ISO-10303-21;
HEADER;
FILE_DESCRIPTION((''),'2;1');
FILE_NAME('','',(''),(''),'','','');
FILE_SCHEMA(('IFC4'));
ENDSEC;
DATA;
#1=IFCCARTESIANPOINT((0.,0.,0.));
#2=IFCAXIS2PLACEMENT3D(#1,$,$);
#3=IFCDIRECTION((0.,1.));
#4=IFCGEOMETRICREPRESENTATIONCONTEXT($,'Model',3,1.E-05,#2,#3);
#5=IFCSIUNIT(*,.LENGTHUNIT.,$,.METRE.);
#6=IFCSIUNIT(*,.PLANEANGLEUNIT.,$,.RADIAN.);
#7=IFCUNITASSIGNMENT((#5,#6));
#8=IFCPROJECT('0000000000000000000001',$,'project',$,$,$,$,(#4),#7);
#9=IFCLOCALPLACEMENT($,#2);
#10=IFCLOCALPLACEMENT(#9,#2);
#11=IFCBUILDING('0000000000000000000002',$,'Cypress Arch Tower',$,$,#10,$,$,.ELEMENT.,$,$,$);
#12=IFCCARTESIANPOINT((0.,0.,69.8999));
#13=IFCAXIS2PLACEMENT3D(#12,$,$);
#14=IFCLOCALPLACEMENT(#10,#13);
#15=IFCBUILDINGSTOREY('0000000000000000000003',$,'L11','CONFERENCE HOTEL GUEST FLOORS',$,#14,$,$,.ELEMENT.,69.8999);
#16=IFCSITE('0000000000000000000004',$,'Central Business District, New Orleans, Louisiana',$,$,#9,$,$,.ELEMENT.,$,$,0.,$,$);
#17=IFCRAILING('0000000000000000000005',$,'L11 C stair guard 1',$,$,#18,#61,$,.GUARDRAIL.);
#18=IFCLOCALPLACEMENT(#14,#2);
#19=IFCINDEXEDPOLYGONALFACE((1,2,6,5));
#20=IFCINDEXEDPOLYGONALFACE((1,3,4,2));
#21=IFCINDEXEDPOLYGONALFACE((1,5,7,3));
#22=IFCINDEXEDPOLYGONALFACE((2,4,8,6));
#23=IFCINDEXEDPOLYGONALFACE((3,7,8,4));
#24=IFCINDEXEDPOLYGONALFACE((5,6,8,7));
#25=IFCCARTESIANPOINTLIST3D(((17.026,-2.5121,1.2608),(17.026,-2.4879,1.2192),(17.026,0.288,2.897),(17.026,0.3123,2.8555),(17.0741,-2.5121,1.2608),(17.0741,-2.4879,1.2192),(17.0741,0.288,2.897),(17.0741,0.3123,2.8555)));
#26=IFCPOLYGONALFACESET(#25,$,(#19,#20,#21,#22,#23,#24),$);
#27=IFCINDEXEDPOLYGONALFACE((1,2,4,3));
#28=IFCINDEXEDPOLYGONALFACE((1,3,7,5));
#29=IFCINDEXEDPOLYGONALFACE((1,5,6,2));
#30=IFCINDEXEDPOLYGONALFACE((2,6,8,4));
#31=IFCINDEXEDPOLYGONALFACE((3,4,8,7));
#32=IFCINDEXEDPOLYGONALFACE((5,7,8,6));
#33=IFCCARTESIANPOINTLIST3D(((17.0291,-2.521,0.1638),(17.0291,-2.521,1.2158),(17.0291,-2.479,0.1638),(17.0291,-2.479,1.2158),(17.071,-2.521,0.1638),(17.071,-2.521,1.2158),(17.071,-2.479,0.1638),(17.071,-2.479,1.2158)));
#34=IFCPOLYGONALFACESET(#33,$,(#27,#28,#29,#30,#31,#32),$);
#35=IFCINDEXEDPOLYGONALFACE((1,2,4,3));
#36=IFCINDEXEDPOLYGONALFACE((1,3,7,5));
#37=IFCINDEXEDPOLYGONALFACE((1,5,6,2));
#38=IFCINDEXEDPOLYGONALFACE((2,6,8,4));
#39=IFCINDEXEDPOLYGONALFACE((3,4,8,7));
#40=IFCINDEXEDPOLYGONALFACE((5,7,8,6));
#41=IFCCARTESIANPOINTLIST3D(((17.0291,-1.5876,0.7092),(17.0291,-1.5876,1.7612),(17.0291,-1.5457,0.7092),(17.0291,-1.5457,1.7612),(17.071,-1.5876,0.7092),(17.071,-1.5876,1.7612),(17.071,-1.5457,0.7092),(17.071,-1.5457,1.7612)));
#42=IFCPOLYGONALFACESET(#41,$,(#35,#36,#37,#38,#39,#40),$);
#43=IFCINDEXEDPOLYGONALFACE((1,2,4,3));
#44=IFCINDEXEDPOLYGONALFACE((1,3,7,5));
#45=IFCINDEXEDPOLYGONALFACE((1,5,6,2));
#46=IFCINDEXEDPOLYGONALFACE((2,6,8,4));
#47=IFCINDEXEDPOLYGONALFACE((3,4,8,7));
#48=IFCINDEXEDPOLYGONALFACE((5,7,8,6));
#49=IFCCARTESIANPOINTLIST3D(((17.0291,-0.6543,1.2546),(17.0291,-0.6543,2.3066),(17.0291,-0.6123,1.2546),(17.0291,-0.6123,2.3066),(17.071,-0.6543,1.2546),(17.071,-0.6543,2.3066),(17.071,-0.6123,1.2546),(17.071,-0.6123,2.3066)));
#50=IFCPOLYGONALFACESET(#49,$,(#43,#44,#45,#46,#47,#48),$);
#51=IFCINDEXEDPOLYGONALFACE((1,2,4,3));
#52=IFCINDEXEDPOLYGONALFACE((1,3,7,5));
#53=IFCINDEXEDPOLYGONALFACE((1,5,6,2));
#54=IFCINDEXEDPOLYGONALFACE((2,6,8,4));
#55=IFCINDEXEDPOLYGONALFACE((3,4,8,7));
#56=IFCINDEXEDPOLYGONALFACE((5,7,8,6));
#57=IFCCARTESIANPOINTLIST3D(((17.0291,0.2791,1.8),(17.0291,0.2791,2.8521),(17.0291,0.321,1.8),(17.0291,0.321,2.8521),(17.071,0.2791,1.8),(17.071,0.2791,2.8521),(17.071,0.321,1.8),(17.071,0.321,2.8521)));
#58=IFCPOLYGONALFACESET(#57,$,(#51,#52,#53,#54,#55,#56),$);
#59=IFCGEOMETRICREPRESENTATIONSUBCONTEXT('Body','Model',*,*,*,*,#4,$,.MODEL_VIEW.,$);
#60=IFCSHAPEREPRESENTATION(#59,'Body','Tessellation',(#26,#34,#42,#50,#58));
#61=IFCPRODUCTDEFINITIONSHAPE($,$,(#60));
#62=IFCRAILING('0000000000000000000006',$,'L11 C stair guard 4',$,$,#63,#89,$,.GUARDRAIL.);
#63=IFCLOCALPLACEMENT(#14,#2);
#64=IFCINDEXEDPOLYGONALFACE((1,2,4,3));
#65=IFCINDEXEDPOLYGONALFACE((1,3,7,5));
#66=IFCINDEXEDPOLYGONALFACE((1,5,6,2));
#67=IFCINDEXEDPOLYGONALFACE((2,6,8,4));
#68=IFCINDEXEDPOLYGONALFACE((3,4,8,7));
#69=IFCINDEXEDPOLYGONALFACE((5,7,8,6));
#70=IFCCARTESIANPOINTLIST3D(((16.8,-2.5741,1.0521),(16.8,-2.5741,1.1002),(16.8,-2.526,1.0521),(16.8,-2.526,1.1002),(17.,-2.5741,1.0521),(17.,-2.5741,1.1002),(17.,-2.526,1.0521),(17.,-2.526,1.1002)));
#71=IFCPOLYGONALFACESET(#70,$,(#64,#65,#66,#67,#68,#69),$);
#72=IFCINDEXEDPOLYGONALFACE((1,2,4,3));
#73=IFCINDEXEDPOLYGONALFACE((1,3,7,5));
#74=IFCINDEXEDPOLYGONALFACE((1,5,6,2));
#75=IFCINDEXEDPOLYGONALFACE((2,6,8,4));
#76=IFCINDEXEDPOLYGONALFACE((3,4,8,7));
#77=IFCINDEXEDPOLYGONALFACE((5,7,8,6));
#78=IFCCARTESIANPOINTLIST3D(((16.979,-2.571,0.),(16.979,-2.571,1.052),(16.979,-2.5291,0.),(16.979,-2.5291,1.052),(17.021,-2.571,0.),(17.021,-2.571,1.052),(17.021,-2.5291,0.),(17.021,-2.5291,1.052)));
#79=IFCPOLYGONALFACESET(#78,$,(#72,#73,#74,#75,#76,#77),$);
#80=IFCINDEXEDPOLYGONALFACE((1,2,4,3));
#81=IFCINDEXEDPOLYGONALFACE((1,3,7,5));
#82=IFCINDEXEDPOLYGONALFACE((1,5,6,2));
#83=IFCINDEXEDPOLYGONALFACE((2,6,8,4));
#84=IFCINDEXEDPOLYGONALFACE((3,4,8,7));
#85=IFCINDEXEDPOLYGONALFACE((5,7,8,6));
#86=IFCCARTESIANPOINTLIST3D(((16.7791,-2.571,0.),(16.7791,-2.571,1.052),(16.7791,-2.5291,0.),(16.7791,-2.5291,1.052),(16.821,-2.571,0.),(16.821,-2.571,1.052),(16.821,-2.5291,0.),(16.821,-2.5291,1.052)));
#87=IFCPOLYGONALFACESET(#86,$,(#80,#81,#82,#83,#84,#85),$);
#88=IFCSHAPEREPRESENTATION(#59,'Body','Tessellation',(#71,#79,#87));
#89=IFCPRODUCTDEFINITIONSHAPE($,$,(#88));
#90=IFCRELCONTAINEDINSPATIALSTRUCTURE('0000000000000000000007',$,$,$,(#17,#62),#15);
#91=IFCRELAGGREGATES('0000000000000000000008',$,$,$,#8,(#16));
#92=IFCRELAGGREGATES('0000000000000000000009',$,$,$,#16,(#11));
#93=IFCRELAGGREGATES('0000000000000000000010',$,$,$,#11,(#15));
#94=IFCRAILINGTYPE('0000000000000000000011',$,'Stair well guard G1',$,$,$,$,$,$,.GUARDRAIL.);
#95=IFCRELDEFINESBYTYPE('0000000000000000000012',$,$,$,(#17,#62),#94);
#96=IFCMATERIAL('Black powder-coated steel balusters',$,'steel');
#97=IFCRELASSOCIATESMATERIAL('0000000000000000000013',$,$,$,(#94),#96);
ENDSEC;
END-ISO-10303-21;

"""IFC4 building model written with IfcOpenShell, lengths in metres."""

from ifc_helpers import new_model, si_unit, direction, frame, origin, origin_2d, place, context, subcontext, project, spatial, rectangle, extrude, material, type_object, element, save


model = new_model("IFC4")

# Units and contexts
model_context = context("Model", 3, precision=1e-05, world=origin(), true_north=direction((0.0, 1.0)))
body_context = subcontext(model_context, "Body", "Model", "MODEL_VIEW")
ifc_project = project(units=[si_unit("LENGTHUNIT", "METRE"), si_unit("PLANEANGLEUNIT", "RADIAN")], contexts=[model_context])

# Site, building, storey
site_placement = place(None, origin())
site = spatial("IfcSite", under=ifc_project, at=site_placement, Name="Central Business District, New Orleans, Louisiana", CompositionType="ELEMENT", RefElevation=0.0)
building_placement = place(site_placement, origin())
building = spatial("IfcBuilding", under=site, at=building_placement, Name="Cypress Arch Tower", CompositionType="ELEMENT")
storey_placement = place(building_placement, frame((0.0, 0.0, 69.8999)))
storey = spatial("IfcBuildingStorey", under=building, at=storey_placement, Name="L11", Description="CONFERENCE HOTEL GUEST FLOORS", CompositionType="ELEMENT", Elevation=69.8999)

# Railings
ifc_material_1 = material(Name="Black powder-coated steel balusters", Category="steel")
railing_type_1 = type_object("IfcRailingType", Name="Stair well guard G1", PredefinedType="GUARDRAIL", material=ifc_material_1)
railing_1_placement = place(storey_placement, frame((17.05, -2.5, 0.1638)))
element("IfcRailing", 1, at=railing_1_placement, inside=storey, type_object=railing_type_1, Name="L11 C stair guard 1", PredefinedType="GUARDRAIL", context=body_context, shape_type="SweptSolid", body=[
    extrude(rectangle(XDim=0.0481, YDim=0.0481, at=origin_2d()), frame((0.0, 0.0, 1.0762), z_axis=(0.0, 0.863394, 0.504531), x_axis=(-1.0, 0.0, 0.0)), (0.0, 0.0, 1.0), 3.2432),
    extrude(rectangle(XDim=0.042, YDim=0.042, at=origin_2d()), origin(), (0.0, 0.0, 1.0), 1.052),
    extrude(rectangle(XDim=0.042, YDim=0.042, at=origin_2d()), frame((0.0, 0.9333, 0.5454)), (0.0, 0.0, 1.0), 1.052),
    extrude(rectangle(XDim=0.042, YDim=0.042, at=origin_2d()), frame((0.0, 1.8667, 1.0908)), (0.0, 0.0, 1.0), 1.052),
    extrude(rectangle(XDim=0.042, YDim=0.042, at=origin_2d()), frame((0.0, 2.8, 1.6362)), (0.0, 0.0, 1.0), 1.052),
])
railing_2_placement = place(storey_placement, frame((17.0, -2.55, 0.0)))
element("IfcRailing", 2, at=railing_2_placement, inside=storey, type_object=railing_type_1, Name="L11 C stair guard 4", PredefinedType="GUARDRAIL", context=body_context, shape_type="SweptSolid", body=[
    extrude(rectangle(XDim=0.0481, YDim=0.0481, at=origin_2d()), frame((0.0, 0.0, 1.0762), z_axis=(-1.0, 0.0, 0.0), x_axis=(0.0, -1.0, 0.0)), (0.0, 0.0, 1.0), 0.2),
    extrude(rectangle(XDim=0.042, YDim=0.042, at=origin_2d()), origin(), (0.0, 0.0, 1.0), 1.052),
    extrude(rectangle(XDim=0.042, YDim=0.042, at=origin_2d()), frame((-0.2, 0.0, 0.0)), (0.0, 0.0, 1.0), 1.052),
])

save(model, "model.ifc")
